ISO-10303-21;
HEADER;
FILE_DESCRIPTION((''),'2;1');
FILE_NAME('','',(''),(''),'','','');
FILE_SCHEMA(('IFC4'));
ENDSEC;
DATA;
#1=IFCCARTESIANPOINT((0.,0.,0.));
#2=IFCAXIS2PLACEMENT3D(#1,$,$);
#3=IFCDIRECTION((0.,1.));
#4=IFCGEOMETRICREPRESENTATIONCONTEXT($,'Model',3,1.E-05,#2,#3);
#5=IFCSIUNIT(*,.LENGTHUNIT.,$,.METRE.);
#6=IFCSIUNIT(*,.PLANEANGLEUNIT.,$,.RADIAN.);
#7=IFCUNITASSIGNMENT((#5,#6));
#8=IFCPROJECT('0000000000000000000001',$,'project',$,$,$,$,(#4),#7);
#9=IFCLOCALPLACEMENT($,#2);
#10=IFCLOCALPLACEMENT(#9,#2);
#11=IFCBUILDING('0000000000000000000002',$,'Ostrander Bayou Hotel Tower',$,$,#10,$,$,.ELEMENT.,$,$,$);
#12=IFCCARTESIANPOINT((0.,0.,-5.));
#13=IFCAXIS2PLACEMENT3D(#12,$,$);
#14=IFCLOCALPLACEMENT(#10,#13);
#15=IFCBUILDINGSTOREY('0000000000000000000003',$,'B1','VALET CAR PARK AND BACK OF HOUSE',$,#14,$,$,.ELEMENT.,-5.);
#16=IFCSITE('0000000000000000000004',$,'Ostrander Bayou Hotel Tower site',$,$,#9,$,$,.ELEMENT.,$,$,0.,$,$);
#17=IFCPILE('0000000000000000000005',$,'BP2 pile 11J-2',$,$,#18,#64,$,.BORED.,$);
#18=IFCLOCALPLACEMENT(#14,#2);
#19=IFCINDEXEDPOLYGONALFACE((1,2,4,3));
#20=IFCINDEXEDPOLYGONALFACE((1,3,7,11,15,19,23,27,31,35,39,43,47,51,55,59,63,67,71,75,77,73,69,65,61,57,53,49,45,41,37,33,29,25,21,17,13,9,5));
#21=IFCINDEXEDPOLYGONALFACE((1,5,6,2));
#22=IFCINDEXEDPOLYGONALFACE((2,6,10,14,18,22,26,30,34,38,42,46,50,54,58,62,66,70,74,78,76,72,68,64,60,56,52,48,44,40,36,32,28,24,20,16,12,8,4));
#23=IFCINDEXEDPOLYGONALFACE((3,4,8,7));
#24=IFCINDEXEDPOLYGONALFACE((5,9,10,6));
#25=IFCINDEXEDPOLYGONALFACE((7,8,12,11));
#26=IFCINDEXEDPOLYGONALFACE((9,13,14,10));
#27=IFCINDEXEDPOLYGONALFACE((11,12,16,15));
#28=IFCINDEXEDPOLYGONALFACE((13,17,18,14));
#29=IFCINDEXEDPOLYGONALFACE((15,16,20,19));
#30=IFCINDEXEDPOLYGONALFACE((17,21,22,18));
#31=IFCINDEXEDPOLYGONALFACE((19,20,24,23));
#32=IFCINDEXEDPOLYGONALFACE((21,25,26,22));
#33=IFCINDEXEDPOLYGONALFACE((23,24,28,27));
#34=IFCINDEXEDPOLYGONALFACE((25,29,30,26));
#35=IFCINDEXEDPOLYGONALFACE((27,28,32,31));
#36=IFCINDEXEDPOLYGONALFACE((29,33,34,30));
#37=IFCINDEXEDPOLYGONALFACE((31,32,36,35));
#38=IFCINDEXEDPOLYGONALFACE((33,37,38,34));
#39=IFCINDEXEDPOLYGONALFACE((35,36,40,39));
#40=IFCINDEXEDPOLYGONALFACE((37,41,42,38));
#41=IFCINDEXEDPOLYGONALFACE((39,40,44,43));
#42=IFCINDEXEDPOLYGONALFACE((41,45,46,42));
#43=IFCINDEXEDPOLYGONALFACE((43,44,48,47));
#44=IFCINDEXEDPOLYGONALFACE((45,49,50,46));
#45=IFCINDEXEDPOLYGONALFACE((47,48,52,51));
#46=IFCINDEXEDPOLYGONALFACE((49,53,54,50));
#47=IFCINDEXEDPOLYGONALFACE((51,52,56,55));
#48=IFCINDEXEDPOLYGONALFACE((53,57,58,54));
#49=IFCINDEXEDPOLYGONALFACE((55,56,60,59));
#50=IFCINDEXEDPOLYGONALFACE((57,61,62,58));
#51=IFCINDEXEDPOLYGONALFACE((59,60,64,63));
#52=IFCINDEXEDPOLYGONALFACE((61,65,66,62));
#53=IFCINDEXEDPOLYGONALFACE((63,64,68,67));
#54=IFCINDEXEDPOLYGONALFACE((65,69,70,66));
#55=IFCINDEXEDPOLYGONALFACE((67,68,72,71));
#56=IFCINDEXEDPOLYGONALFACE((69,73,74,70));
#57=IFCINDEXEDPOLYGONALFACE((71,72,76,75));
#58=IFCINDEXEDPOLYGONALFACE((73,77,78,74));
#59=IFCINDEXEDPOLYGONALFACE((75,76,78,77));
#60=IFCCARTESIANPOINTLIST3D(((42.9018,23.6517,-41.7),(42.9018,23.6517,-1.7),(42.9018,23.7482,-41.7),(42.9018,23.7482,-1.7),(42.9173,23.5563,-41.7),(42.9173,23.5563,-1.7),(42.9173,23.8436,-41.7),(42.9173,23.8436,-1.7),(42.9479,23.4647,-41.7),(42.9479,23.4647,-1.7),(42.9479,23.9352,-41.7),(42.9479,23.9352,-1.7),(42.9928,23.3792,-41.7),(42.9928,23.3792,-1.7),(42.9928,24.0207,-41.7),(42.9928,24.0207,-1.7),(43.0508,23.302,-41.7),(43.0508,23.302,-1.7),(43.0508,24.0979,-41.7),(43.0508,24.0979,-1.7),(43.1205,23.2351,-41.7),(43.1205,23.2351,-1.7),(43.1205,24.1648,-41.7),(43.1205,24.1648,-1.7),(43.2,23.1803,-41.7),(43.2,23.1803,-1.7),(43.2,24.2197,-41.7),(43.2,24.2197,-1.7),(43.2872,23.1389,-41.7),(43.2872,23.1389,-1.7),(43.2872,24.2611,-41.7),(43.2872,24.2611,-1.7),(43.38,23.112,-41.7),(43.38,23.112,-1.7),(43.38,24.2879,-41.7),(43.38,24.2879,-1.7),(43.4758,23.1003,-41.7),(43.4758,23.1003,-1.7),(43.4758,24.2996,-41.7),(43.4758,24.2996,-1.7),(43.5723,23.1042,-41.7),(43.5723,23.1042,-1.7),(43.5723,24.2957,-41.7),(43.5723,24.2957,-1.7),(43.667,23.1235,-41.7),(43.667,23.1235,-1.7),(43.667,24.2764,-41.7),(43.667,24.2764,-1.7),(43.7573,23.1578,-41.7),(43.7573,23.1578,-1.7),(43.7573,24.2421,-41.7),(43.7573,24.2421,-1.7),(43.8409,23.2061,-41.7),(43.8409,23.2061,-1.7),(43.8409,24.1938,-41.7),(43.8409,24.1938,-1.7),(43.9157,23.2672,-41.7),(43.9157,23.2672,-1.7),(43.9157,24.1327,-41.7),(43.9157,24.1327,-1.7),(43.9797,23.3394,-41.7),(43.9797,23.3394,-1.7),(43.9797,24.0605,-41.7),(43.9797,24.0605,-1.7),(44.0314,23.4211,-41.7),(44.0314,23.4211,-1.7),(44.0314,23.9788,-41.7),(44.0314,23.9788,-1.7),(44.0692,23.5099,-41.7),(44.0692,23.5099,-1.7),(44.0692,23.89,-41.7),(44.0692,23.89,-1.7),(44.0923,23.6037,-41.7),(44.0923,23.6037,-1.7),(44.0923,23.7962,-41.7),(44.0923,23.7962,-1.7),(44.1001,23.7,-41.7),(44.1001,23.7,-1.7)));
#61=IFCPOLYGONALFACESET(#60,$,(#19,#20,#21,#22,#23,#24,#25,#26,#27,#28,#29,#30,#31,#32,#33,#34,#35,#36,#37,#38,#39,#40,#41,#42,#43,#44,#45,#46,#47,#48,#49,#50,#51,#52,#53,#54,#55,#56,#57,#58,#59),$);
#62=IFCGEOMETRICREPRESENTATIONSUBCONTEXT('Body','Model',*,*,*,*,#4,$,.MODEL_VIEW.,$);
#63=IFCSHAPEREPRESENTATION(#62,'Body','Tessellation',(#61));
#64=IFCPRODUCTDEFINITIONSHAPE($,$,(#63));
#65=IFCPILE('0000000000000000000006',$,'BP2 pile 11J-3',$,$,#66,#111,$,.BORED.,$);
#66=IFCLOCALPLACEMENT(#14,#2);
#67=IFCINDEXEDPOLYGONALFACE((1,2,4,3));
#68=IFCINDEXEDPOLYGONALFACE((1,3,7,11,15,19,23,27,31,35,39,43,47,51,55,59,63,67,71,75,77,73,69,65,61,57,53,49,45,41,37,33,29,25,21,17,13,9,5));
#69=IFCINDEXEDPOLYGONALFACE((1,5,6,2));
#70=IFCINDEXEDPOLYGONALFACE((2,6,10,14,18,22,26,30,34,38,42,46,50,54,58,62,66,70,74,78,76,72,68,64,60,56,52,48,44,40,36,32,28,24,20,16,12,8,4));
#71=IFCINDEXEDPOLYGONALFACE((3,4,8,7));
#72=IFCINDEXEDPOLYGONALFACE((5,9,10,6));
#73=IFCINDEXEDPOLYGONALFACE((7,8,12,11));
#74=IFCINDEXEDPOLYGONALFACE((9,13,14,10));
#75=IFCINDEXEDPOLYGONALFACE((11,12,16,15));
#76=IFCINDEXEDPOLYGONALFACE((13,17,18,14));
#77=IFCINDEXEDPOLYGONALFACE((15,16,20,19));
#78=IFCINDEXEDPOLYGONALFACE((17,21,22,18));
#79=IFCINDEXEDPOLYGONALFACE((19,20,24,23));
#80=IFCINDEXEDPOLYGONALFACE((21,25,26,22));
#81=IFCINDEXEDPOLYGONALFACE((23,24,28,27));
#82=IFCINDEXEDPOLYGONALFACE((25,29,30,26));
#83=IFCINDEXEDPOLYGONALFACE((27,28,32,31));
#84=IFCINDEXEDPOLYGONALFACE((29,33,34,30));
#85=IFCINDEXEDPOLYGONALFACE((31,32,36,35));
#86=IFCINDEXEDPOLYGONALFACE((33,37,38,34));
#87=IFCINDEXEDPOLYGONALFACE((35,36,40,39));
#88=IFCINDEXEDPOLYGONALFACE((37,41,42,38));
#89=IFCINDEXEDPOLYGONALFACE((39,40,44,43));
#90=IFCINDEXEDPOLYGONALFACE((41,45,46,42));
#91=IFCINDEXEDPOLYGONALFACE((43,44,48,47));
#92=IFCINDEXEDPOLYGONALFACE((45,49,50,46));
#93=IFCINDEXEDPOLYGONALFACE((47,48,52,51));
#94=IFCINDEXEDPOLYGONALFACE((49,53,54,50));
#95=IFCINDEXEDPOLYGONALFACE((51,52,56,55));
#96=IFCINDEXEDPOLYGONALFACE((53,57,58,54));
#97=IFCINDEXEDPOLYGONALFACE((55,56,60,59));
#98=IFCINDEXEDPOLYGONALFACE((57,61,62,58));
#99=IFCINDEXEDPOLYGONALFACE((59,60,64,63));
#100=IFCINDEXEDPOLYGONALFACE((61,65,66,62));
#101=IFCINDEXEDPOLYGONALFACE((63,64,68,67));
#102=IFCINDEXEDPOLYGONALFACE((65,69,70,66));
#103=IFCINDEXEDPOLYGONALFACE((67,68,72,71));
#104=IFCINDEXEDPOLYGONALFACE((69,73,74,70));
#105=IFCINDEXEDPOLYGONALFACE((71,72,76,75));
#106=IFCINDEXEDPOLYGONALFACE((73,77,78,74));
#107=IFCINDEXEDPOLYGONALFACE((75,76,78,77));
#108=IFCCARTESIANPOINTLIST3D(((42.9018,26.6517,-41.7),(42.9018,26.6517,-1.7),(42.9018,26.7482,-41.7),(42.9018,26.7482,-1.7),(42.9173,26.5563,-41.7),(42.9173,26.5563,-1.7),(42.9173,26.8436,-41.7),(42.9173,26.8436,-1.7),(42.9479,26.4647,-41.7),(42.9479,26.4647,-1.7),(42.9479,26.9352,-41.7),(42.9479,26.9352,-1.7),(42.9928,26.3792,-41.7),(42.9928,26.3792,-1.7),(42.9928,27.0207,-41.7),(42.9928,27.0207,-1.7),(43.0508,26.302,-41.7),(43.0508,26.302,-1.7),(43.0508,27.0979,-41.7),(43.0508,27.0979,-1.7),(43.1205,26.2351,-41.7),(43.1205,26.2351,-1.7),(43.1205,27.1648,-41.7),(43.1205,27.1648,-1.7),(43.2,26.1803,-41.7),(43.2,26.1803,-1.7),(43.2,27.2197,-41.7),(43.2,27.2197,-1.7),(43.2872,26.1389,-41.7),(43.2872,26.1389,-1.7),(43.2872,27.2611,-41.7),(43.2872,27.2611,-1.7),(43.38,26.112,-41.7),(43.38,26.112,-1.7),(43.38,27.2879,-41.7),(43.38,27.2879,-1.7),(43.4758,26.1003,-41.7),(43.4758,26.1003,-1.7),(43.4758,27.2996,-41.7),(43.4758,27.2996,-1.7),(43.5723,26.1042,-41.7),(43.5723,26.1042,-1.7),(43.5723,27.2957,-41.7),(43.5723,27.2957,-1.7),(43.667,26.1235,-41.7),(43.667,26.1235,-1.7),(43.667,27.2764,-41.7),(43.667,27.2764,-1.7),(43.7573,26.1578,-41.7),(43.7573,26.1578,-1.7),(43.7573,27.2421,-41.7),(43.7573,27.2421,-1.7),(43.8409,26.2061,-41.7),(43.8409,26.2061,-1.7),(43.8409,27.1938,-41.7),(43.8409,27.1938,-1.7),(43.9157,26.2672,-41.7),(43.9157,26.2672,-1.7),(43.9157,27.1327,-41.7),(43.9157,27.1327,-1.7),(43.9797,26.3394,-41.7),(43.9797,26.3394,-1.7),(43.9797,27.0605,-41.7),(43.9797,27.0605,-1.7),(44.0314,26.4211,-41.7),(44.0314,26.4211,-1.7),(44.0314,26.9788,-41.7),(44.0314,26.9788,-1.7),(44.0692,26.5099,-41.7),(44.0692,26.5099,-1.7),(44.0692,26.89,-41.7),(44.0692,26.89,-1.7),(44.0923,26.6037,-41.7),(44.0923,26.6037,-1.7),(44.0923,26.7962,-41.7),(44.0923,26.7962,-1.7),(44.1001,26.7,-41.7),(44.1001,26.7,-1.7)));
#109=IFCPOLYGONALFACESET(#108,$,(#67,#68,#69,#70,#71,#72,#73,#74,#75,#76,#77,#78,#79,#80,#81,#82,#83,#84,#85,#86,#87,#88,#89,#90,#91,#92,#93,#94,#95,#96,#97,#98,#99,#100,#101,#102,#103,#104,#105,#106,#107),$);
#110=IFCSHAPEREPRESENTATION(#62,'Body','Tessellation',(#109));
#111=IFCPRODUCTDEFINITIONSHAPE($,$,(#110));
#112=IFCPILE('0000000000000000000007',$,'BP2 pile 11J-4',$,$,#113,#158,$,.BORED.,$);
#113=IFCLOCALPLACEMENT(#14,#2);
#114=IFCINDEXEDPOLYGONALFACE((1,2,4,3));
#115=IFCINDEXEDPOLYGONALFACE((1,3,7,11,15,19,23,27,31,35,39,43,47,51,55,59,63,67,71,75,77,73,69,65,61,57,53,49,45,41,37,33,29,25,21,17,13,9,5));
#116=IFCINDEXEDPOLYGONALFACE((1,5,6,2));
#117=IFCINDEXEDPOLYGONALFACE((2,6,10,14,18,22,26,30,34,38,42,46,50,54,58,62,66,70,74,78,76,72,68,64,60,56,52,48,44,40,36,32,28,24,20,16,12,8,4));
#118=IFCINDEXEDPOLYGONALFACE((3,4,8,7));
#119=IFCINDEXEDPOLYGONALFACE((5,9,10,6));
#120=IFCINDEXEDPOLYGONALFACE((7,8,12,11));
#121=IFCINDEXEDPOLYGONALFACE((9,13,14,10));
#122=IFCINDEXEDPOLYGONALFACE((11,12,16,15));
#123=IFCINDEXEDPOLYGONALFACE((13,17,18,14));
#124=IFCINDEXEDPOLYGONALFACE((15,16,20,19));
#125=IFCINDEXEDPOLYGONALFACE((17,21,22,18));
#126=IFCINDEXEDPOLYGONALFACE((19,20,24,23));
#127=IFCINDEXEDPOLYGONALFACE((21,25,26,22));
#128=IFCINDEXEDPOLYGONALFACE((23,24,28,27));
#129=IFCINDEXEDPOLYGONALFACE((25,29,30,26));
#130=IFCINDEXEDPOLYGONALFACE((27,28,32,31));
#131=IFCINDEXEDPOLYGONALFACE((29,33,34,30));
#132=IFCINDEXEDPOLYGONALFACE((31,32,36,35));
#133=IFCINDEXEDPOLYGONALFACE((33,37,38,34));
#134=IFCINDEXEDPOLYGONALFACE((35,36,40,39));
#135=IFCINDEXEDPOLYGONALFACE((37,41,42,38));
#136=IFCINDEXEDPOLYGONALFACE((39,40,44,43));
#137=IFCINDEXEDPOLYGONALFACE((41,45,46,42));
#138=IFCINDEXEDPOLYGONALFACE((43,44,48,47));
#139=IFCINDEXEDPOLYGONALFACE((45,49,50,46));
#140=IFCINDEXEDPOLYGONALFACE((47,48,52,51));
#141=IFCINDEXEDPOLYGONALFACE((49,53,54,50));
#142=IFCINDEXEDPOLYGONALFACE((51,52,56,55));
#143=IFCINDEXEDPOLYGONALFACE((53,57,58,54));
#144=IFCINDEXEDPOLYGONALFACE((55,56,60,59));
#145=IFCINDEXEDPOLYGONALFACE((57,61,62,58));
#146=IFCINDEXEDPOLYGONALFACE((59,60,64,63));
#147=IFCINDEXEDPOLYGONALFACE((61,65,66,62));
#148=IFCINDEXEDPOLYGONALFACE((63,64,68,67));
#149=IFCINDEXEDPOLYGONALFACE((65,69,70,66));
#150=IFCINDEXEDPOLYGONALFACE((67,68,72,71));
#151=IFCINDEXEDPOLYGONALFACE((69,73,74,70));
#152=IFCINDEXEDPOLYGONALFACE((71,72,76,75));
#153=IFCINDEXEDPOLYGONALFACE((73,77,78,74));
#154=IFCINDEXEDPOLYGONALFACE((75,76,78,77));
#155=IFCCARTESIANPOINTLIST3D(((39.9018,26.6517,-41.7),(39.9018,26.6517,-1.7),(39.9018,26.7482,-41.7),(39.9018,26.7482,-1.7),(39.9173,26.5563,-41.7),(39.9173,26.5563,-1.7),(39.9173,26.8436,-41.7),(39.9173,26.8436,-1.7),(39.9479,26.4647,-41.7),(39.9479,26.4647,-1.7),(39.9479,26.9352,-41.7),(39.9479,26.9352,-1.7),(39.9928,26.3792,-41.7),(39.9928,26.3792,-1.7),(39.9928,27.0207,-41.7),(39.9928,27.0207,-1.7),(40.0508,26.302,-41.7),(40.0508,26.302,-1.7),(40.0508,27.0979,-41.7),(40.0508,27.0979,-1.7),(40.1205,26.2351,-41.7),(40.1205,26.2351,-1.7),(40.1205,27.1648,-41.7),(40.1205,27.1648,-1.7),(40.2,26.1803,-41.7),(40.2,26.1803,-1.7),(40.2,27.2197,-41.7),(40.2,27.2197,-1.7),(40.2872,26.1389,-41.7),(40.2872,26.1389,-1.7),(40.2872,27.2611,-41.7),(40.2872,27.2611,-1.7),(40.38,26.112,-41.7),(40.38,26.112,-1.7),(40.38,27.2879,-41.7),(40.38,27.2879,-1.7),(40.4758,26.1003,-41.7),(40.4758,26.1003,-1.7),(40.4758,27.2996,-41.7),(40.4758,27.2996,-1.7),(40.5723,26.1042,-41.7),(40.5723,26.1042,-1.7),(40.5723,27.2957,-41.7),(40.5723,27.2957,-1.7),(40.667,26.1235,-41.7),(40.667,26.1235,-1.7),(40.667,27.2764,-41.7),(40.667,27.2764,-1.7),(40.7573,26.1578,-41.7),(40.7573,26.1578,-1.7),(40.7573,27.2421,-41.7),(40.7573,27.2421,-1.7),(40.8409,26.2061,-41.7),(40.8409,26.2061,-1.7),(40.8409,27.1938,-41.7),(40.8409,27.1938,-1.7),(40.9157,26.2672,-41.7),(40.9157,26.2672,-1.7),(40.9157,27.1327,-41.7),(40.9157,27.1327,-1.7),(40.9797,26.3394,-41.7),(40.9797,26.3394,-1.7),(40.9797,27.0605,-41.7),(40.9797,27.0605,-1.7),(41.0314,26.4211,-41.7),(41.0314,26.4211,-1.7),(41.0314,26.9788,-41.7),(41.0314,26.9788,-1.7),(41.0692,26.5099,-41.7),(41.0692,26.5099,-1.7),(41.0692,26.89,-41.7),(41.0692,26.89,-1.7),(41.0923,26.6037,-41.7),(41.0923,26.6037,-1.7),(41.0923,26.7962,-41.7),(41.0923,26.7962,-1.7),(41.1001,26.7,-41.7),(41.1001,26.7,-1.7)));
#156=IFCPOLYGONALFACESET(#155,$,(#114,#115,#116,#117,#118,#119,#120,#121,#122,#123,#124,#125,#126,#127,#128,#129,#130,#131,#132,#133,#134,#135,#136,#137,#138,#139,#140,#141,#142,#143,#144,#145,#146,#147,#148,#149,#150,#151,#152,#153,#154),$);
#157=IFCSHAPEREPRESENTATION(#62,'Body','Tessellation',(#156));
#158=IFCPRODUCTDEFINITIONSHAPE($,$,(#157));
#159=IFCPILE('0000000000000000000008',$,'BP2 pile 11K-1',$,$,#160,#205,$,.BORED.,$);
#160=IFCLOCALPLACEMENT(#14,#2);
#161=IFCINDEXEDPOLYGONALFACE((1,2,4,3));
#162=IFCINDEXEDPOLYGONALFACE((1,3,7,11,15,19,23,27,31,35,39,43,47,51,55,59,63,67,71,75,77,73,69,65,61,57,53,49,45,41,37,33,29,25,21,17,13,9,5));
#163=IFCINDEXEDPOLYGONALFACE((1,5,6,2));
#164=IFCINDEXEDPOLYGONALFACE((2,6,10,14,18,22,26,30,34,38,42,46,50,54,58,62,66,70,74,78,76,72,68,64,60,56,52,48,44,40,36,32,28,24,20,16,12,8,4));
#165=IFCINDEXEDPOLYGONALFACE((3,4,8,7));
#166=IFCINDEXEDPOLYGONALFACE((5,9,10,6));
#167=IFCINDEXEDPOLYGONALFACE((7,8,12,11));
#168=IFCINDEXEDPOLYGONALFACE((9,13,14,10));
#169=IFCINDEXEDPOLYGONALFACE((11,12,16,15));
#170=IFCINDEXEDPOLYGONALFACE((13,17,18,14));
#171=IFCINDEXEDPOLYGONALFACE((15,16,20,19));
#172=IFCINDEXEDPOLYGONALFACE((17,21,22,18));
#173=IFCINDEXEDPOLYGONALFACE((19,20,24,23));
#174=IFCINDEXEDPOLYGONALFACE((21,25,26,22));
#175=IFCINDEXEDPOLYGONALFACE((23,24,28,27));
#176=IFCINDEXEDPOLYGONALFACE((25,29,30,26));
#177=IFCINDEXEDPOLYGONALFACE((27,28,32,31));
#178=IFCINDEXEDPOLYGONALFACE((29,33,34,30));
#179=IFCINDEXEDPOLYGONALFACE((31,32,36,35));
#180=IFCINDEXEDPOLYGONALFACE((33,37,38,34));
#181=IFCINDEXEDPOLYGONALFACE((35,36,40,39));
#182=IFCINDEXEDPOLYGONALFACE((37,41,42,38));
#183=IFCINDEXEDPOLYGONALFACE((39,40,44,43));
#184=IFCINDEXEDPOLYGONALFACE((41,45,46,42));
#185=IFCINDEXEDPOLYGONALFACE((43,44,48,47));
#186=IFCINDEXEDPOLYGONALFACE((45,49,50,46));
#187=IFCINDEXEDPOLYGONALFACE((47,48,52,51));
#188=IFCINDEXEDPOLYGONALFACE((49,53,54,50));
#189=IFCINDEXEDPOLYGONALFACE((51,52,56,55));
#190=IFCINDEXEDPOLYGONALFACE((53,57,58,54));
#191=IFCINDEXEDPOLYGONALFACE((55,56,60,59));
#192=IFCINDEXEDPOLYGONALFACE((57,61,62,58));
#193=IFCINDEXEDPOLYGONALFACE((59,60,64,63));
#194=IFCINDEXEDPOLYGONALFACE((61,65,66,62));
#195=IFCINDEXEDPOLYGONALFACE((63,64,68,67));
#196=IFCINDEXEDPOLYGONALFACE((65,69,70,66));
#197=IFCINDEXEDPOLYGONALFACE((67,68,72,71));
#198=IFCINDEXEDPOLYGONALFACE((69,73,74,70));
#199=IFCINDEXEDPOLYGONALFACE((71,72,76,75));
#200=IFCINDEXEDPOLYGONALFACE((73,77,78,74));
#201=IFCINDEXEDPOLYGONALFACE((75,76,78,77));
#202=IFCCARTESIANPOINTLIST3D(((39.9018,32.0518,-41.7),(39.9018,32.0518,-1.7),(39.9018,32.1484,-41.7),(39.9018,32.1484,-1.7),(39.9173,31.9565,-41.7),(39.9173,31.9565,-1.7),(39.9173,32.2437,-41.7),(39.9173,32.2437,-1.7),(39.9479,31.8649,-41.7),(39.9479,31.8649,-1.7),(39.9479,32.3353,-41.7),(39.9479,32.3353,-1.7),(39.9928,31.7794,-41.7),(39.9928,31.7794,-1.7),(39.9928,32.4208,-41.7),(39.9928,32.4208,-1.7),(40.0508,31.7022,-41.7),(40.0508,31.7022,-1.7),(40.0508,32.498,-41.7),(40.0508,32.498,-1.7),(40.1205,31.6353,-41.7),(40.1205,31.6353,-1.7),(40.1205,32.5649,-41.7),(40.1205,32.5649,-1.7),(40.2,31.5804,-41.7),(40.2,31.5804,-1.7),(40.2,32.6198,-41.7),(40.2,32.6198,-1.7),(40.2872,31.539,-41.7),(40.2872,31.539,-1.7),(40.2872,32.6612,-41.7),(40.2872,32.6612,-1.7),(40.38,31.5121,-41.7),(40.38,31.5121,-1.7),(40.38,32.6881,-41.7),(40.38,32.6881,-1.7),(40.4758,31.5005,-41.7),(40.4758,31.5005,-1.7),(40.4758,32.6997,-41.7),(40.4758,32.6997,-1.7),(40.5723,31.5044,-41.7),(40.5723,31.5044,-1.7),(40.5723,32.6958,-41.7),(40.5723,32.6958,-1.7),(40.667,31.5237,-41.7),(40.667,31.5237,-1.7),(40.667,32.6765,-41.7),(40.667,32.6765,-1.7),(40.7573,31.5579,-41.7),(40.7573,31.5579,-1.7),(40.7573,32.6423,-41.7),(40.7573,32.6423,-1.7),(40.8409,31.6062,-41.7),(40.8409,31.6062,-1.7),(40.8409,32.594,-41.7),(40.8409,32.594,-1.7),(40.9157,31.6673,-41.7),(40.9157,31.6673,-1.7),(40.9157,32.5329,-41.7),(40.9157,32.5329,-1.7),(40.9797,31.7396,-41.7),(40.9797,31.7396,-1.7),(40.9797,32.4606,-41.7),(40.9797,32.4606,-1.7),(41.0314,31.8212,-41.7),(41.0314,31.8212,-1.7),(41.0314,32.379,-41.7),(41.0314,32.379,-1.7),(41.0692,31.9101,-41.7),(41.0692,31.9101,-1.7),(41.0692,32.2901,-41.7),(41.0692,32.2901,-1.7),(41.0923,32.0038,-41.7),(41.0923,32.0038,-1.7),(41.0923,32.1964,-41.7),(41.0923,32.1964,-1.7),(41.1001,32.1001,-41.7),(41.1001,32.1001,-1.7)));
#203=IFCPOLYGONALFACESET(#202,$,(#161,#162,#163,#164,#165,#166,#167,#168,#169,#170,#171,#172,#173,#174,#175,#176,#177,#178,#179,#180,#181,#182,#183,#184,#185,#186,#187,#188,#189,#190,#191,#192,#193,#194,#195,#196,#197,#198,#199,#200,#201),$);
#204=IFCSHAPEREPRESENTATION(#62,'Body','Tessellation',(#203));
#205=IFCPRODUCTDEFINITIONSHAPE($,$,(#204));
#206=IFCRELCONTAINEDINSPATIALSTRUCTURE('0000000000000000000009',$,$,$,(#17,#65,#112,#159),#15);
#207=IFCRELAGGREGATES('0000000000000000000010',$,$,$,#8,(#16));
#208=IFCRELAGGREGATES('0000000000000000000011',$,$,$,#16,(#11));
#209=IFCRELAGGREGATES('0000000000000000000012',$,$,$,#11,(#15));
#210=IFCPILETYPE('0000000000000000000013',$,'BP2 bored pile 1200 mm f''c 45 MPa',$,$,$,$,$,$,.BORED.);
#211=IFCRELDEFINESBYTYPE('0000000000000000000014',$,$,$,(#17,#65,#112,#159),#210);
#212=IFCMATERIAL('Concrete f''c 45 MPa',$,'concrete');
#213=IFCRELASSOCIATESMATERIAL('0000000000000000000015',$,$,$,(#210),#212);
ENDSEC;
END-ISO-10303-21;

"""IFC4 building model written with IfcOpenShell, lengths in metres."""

from ifc_helpers import new_model, si_unit, direction, frame, origin, origin_2d, place, context, subcontext, project, spatial, circle, extrude, material, material_profile, profile_set, type_object, element, save


model = new_model("IFC4")

# Units and contexts
model_context = context("Model", 3, precision=1e-05, world=origin(), true_north=direction((0.0, 1.0)))
body_context = subcontext(model_context, "Body", "Model", "MODEL_VIEW")
ifc_project = project(units=[si_unit("LENGTHUNIT", "METRE"), si_unit("PLANEANGLEUNIT", "RADIAN")], contexts=[model_context])

# Site, building, storey
site_placement = place(None, origin())
site = spatial("IfcSite", under=ifc_project, at=site_placement, Name="Ostrander Bayou Hotel Tower site", CompositionType="ELEMENT", RefElevation=0.0)
building_placement = place(site_placement, origin())
building = spatial("IfcBuilding", under=site, at=building_placement, Name="Ostrander Bayou Hotel Tower", CompositionType="ELEMENT")
storey_placement = place(building_placement, frame((0.0, 0.0, -5.0)))
storey = spatial("IfcBuildingStorey", under=building, at=storey_placement, Name="B1", Description="VALET CAR PARK AND BACK OF HOUSE", CompositionType="ELEMENT", Elevation=-5.0)

# Piles
ifc_material_1 = material(Name="Concrete f'c 45 MPa", Category="concrete")
ifc_material_profile_1 = material_profile(ifc_material_1, circle(Radius=0.6001, at=origin_2d()))
ifc_profile_set_1 = profile_set([ifc_material_profile_1], Name="Concrete f'c 45 MPa")
pile_type = type_object("IfcPileType", Name="BP2 bored pile 1200 mm f'c 45 MPa", PredefinedType="BORED", material=ifc_profile_set_1)
for number, where, z_axis, x_axis, name in (
    (1, (43.5, 23.7, -1.7), (0.0, 0.0, -1.0), (1.0, 0.0, 0.0), "BP2 pile 11J-2"),
    (2, (43.5, 26.7, -1.7), (0.0, 0.0, -1.0), (1.0, 0.0, 0.0), "BP2 pile 11J-3"),
    (3, (40.5, 26.7, -1.7), (0.0, 0.0, -1.0), (1.0, 0.0, 0.0), "BP2 pile 11J-4"),
    (4, (40.5, 32.1001, -1.7), (0.0, 0.0, -1.0), (1.0, 0.0, 0.0), "BP2 pile 11K-1"),
):
    element("IfcPile", number, at=place(storey_placement, frame(where, z_axis=z_axis, x_axis=x_axis)), inside=storey, type_object=pile_type, Name=name, PredefinedType="BORED", context=body_context, shape_type="SweptSolid", body=[
        extrude(circle(Radius=0.6001, at=origin_2d()), origin(), (0.0, 0.0, 1.0), 40.0),
    ])

save(model, "model.ifc")
